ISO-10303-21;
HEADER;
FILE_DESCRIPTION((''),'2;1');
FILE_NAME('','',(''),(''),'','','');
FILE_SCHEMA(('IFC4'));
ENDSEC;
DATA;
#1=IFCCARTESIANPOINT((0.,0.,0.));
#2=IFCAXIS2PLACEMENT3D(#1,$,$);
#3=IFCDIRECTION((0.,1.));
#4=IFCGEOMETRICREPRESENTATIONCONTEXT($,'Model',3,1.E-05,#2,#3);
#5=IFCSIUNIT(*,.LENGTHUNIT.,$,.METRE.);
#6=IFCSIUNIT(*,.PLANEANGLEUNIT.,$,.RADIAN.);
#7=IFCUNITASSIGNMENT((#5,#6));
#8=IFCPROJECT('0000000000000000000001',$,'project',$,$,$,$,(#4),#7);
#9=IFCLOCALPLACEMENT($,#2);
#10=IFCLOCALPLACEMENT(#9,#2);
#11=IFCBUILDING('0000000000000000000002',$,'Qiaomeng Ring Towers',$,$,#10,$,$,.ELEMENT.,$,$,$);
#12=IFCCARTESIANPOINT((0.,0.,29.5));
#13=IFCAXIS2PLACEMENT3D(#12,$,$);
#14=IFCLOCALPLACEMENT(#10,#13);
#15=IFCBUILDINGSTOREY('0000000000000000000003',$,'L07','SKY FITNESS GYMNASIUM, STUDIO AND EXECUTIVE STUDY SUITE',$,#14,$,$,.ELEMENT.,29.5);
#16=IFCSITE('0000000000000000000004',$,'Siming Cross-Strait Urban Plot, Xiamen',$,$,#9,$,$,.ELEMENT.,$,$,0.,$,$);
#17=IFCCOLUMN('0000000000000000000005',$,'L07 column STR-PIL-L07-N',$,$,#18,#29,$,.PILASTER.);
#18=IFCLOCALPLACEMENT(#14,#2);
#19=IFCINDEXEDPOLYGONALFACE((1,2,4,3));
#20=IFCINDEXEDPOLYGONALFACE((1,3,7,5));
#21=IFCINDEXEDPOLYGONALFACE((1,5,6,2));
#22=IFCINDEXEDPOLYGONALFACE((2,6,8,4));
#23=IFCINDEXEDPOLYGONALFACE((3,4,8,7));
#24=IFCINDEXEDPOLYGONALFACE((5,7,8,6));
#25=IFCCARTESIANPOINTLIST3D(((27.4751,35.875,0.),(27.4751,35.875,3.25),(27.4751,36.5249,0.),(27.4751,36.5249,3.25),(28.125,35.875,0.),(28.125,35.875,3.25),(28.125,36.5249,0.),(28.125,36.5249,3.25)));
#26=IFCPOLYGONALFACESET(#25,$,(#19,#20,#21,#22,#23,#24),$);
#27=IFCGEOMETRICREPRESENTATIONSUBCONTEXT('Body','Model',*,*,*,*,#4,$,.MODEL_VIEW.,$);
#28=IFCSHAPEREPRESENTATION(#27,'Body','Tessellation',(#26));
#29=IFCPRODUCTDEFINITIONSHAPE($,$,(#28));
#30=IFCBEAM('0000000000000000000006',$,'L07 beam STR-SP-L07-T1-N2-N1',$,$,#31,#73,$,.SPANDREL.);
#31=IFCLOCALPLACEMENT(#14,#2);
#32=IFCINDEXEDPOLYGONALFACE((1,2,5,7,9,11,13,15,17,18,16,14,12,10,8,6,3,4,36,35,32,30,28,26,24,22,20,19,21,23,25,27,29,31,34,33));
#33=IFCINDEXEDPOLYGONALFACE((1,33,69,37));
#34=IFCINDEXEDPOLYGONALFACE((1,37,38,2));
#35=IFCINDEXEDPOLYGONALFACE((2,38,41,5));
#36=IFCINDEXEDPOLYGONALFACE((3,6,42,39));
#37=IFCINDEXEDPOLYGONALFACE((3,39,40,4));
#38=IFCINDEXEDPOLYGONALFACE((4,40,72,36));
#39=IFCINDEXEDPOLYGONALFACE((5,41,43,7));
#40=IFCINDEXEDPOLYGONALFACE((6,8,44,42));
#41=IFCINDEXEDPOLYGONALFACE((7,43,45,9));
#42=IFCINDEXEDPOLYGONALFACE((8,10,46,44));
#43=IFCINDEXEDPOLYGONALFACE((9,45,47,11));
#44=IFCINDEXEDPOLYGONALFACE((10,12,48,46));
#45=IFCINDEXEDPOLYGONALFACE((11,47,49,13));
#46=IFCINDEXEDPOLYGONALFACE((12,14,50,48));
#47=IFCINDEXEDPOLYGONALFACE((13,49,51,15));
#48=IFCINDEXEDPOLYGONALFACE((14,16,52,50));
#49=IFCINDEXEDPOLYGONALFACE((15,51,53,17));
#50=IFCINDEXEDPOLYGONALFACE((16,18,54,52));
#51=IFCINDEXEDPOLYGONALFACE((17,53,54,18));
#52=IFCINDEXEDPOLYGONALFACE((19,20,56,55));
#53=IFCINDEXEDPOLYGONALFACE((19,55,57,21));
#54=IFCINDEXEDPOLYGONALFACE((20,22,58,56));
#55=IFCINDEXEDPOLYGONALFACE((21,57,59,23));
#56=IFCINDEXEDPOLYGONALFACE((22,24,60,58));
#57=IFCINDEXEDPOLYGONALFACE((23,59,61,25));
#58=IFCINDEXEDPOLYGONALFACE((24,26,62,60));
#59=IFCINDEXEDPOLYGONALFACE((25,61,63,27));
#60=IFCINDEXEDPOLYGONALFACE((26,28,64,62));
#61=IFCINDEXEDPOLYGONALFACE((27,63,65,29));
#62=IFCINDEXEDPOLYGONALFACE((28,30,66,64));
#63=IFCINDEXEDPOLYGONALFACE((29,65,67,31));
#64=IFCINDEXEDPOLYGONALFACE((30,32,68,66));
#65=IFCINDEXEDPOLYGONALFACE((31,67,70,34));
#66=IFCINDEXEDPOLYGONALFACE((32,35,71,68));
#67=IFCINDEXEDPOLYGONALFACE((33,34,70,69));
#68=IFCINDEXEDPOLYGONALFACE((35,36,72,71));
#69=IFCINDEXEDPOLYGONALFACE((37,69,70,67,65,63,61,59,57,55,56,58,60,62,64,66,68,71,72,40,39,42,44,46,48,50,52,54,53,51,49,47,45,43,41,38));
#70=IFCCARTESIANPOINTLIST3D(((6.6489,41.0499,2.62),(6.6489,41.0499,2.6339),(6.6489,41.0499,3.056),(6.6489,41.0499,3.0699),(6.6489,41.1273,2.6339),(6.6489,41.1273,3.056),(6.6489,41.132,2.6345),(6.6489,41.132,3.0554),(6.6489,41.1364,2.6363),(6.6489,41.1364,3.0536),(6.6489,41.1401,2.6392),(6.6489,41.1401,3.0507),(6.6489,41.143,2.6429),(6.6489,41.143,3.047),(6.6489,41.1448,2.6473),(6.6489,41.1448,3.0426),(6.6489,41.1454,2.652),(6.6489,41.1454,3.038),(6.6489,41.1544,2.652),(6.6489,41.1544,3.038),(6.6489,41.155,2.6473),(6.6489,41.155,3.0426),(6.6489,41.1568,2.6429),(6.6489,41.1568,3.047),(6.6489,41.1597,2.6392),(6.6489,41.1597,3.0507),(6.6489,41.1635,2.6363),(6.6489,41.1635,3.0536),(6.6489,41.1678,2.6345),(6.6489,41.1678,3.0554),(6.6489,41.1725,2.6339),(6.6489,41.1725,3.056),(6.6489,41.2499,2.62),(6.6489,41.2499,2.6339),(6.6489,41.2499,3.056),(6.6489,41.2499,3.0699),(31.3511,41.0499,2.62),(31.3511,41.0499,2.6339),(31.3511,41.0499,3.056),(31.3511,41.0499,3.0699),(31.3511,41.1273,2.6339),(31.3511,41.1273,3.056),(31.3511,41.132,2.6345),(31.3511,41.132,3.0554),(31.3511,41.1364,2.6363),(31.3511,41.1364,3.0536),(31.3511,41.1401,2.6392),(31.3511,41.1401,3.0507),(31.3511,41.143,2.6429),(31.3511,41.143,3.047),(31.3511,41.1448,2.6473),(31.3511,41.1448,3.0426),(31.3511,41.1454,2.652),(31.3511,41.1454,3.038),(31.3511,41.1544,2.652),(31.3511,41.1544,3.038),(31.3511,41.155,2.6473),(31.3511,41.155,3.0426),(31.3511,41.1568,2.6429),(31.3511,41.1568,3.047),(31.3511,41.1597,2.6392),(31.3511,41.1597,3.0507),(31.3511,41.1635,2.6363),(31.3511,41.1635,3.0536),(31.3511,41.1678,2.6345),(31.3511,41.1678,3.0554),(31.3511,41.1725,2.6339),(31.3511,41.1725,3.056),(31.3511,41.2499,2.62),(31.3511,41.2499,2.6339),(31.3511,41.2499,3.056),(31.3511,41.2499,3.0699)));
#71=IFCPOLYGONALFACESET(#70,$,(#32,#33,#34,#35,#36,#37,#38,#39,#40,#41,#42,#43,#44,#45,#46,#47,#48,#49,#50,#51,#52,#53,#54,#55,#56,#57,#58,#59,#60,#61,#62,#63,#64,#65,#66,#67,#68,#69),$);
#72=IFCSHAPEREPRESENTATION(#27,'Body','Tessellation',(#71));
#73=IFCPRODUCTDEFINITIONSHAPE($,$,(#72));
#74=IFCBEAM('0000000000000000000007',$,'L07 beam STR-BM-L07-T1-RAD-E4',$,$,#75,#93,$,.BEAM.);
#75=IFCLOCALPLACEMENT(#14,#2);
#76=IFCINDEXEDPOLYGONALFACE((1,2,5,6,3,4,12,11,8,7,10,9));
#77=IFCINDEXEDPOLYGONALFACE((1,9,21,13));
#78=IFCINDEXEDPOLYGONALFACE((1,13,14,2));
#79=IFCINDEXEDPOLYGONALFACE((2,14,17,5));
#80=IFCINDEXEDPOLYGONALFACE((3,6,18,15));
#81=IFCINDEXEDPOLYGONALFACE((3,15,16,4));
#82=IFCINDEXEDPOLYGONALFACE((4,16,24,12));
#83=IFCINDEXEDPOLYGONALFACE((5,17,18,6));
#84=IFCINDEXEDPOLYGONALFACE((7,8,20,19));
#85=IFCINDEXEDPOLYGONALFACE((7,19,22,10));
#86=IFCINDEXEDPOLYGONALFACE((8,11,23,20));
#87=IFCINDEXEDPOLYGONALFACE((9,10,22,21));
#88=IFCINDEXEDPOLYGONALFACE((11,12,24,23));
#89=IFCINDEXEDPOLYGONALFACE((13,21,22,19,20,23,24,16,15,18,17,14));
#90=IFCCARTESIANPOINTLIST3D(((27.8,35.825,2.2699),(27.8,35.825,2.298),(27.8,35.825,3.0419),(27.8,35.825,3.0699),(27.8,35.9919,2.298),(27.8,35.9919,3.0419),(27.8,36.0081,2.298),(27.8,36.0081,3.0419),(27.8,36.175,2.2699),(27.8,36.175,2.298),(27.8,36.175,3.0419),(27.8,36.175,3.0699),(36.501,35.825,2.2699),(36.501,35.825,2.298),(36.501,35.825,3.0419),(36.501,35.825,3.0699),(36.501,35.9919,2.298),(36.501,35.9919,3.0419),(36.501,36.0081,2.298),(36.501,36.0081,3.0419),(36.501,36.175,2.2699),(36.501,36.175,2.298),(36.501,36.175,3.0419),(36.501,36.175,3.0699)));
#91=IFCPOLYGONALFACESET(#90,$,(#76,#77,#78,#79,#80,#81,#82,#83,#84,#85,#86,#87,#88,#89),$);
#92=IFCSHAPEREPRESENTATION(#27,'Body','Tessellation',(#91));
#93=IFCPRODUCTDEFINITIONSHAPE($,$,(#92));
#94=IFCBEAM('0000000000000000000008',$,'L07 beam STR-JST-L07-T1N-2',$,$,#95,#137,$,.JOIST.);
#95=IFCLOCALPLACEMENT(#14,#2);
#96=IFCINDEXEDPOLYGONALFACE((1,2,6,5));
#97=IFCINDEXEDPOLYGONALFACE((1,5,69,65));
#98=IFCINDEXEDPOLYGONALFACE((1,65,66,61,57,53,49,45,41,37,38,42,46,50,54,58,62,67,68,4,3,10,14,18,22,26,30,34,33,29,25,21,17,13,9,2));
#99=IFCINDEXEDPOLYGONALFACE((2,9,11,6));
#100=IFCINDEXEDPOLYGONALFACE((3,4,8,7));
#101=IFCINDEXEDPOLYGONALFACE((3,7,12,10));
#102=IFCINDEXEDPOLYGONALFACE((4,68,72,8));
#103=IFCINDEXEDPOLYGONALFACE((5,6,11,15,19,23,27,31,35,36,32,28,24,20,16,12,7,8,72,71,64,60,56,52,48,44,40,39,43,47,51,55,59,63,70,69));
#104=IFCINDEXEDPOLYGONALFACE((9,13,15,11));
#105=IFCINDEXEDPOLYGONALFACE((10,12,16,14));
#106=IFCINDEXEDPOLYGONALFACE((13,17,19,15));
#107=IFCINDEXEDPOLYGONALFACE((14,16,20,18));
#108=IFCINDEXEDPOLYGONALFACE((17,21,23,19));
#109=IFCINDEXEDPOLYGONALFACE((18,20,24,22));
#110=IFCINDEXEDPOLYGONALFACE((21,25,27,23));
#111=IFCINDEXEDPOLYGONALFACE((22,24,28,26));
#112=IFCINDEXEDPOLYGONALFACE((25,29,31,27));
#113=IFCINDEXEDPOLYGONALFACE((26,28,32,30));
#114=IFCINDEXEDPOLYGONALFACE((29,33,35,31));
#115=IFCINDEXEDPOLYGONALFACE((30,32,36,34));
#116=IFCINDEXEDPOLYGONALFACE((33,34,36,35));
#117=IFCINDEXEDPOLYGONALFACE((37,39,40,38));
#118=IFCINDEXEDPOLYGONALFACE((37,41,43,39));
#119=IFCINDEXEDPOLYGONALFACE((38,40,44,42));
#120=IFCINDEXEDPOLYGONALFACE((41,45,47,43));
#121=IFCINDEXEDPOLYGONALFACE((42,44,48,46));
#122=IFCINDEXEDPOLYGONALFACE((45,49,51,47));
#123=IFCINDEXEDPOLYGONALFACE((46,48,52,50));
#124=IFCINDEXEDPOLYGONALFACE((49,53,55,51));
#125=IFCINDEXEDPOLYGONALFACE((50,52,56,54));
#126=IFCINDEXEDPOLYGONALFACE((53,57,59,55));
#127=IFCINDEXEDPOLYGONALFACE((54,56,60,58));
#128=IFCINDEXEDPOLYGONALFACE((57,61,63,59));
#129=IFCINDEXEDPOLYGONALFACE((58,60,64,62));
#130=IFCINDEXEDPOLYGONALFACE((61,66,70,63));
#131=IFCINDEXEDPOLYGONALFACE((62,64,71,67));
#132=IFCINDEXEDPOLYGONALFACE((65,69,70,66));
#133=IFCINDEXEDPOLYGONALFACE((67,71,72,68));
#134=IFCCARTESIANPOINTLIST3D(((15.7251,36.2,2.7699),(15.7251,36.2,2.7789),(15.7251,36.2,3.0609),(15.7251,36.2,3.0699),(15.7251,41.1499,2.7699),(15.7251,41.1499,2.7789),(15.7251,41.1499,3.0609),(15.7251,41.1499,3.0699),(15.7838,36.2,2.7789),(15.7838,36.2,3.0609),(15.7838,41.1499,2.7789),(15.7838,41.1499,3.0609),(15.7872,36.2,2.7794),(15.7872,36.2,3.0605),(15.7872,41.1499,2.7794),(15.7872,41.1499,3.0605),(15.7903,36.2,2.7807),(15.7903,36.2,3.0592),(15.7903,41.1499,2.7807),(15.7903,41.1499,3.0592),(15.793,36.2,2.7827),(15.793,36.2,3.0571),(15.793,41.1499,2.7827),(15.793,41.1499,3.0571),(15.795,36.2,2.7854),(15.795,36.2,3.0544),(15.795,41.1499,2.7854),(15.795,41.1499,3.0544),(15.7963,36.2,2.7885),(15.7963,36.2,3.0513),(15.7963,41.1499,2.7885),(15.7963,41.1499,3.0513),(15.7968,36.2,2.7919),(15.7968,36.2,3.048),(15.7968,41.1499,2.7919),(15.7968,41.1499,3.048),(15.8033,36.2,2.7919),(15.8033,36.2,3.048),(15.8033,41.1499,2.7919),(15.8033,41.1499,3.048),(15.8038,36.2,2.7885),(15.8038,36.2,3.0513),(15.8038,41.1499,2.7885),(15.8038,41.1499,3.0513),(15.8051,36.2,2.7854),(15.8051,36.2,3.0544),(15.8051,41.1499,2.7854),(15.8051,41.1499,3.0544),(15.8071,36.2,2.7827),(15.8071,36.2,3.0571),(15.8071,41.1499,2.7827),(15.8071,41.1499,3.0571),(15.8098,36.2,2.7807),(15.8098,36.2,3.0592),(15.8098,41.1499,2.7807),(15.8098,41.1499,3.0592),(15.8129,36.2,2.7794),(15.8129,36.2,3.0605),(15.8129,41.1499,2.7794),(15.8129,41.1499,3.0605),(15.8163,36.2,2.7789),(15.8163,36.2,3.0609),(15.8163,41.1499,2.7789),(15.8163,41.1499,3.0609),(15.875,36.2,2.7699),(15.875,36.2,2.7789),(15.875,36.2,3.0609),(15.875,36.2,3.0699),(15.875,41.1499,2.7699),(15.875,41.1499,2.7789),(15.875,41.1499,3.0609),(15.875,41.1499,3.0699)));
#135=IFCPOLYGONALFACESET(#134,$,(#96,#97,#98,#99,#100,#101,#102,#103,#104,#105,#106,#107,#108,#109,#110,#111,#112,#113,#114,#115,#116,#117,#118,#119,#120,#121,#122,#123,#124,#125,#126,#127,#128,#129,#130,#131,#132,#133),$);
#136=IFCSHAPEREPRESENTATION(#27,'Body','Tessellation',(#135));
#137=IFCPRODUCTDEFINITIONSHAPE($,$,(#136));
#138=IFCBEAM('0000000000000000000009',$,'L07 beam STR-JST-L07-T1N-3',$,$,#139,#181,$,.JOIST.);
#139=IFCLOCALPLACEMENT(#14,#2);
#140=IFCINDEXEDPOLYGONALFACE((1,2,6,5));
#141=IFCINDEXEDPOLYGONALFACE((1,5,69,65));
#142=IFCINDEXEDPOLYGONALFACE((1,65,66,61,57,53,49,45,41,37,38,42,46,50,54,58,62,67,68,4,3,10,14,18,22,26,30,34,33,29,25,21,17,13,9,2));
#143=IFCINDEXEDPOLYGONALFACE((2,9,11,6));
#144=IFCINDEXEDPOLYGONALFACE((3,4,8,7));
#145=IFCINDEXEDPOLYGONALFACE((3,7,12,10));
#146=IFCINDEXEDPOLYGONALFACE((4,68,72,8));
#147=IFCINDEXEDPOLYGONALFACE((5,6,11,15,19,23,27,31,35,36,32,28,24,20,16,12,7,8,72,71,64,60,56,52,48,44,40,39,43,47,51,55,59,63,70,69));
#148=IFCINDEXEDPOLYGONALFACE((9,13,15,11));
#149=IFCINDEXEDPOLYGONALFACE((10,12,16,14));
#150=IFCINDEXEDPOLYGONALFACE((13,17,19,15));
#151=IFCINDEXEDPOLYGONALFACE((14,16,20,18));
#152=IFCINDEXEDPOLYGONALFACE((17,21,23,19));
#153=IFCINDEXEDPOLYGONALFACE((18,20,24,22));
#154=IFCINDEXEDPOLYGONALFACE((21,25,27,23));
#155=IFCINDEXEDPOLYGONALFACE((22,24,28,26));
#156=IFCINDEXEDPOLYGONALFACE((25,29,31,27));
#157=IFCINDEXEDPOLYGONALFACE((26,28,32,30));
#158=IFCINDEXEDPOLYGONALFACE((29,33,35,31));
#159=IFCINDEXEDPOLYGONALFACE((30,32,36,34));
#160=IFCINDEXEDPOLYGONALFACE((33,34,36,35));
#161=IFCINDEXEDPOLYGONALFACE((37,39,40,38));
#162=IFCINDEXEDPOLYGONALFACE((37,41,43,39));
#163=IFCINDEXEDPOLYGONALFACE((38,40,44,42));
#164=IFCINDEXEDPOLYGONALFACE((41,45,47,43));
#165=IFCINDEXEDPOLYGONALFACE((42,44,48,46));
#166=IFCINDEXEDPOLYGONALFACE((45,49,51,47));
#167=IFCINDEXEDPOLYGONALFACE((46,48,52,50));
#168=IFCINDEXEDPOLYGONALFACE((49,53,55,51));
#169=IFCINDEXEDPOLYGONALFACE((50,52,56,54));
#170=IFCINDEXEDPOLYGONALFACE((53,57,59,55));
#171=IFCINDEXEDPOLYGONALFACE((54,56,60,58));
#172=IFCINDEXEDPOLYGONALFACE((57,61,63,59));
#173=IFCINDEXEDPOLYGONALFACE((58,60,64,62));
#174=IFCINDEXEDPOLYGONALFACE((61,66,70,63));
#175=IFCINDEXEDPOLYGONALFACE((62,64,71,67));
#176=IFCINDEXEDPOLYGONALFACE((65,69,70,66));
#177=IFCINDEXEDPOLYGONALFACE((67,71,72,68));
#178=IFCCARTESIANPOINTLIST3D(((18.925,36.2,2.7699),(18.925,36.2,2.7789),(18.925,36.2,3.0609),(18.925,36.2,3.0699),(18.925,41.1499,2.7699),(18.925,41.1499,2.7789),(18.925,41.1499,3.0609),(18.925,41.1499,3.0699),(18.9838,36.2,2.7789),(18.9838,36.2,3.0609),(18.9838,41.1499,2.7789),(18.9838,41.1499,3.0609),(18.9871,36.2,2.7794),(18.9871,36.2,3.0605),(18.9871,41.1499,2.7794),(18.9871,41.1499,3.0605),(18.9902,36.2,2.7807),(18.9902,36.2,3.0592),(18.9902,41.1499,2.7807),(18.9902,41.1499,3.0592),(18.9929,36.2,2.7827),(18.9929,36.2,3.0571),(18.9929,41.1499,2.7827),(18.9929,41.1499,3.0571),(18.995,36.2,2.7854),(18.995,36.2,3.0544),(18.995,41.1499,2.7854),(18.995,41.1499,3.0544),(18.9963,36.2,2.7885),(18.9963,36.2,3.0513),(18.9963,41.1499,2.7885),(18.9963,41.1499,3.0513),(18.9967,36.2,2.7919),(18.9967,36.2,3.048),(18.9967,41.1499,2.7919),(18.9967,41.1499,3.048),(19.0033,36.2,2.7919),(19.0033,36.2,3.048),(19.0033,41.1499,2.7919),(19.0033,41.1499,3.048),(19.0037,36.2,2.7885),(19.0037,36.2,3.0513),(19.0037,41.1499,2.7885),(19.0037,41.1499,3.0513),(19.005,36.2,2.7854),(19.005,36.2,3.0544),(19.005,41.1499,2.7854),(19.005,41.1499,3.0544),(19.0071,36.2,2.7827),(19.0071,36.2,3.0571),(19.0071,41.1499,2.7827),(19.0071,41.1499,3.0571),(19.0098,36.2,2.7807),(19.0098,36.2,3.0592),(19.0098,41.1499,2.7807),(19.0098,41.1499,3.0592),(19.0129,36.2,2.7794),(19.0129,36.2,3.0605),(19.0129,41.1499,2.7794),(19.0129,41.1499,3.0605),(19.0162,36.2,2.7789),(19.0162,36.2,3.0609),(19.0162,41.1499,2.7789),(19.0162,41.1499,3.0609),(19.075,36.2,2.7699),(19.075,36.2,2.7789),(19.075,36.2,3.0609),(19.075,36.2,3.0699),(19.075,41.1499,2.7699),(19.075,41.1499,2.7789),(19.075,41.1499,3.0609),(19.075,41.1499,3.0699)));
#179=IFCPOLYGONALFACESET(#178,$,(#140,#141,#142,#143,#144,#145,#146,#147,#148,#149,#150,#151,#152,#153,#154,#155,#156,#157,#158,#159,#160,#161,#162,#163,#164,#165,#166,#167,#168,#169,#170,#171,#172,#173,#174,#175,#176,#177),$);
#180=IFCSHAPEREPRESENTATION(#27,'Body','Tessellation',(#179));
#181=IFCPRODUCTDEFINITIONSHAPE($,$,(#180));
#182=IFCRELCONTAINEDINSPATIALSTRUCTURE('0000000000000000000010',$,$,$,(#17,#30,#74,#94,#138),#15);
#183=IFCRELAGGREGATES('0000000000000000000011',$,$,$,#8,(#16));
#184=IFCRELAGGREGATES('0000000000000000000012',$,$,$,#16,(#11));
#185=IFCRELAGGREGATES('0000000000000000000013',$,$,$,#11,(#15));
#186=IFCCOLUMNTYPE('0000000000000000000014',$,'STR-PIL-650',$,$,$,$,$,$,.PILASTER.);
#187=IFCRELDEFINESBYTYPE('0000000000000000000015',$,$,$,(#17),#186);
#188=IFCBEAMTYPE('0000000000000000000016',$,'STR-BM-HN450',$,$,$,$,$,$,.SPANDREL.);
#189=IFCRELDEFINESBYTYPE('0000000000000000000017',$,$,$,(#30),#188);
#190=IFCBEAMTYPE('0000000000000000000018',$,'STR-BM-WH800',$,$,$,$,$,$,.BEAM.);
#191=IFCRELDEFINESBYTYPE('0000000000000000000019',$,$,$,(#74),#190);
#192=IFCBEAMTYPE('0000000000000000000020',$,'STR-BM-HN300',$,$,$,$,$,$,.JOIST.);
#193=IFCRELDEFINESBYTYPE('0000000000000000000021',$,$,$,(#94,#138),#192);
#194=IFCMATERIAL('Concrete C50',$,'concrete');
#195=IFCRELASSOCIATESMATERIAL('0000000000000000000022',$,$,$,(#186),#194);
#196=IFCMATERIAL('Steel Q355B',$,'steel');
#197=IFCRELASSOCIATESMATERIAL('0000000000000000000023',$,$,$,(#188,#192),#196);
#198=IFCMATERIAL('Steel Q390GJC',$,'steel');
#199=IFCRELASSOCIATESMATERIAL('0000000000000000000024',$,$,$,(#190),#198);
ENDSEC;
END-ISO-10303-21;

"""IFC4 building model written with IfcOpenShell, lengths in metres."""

from ifc_helpers import new_model, si_unit, direction, frame, origin, origin_2d, place, context, subcontext, project, spatial, rectangle, i_section, extrude, source, transform, mapped, material, material_profile, profile_set, type_object, element, save


model = new_model("IFC4")

# Units and contexts
model_context = context("Model", 3, precision=1e-05, world=origin(), true_north=direction((0.0, 1.0)))
body_context = subcontext(model_context, "Body", "Model", "MODEL_VIEW")
ifc_project = project(units=[si_unit("LENGTHUNIT", "METRE"), si_unit("PLANEANGLEUNIT", "RADIAN")], contexts=[model_context])

# Site, building, storey
site_placement = place(None, origin())
site = spatial("IfcSite", under=ifc_project, at=site_placement, Name="Siming Cross-Strait Urban Plot, Xiamen", CompositionType="ELEMENT", RefElevation=0.0)
building_placement = place(site_placement, origin())
building = spatial("IfcBuilding", under=site, at=building_placement, Name="Qiaomeng Ring Towers", CompositionType="ELEMENT")
storey_placement = place(building_placement, frame((0.0, 0.0, 29.5)))
storey = spatial("IfcBuildingStorey", under=building, at=storey_placement, Name="L07", Description="SKY FITNESS GYMNASIUM, STUDIO AND EXECUTIVE STUDY SUITE", CompositionType="ELEMENT", Elevation=29.5)

# Column
ifc_material_1 = material(Name="Concrete C50", Category="concrete")
ifc_material_profile_1 = material_profile(ifc_material_1, rectangle(XDim=0.6499, YDim=0.6499, at=origin_2d()), Name="RC COL 650x650")
ifc_profile_set_1 = profile_set([ifc_material_profile_1], Name="Concrete C50")
column_type = type_object("IfcColumnType", Name="STR-PIL-650", PredefinedType="PILASTER", material=ifc_profile_set_1)
shared_shape_1 = source(origin(), body_context, "Body", "SweptSolid", [
    extrude(rectangle(XDim=0.6499, YDim=0.6499, at=origin_2d()), origin(), (0.0, 0.0, 1.0), 3.25),
])
column_placement = place(storey_placement, frame((27.8, 36.2, 0.0), z_axis=(0.0, 0.0, 1.0), x_axis=(1.0, 0.0, 0.0)))
element("IfcColumn", 1, at=column_placement, inside=storey, type_object=column_type, Name="L07 column STR-PIL-L07-N", PredefinedType="PILASTER", context=body_context, shape_type="MappedRepresentation", body=[
    mapped(shared_shape_1, transform((0.0, 0.0, 0.0), x_axis=(1.0, 0.0, 0.0), y_axis=(0.0, 1.0, 0.0), z_axis=(0.0, 0.0, 1.0), scale=1.0)),
])

# Beams
ifc_material_2 = material(Name="Steel Q355B", Category="steel")
ifc_material_profile_2 = material_profile(ifc_material_2, i_section(OverallWidth=0.2, OverallDepth=0.45, WebThickness=0.009, FlangeThickness=0.0139, FilletRadius=0.0181, at=origin_2d()), Name="HN 450x200x9x14")
ifc_profile_set_2 = profile_set([ifc_material_profile_2], Name="Steel Q355B")
beam_type_1 = type_object("IfcBeamType", Name="STR-BM-HN450", PredefinedType="SPANDREL", material=ifc_profile_set_2)
shared_shape_2 = source(origin(), body_context, "Body", "SweptSolid", [
    extrude(i_section(OverallWidth=0.2, OverallDepth=0.45, WebThickness=0.009, FlangeThickness=0.0139, FilletRadius=0.0181, at=origin_2d()), origin(), (0.0, 0.0, 1.0), 24.7021),
])
beam_1_placement = place(storey_placement, frame((31.3511, 41.1499, 2.845), z_axis=(-1.0, 0.0, 0.0), x_axis=(0.0, -1.0, 0.0)))
element("IfcBeam", 2, at=beam_1_placement, inside=storey, type_object=beam_type_1, Name="L07 beam STR-SP-L07-T1-N2-N1", PredefinedType="SPANDREL", context=body_context, shape_type="MappedRepresentation", body=[
    mapped(shared_shape_2, transform((0.0, 0.0, 0.0), x_axis=(1.0, 0.0, 0.0), y_axis=(0.0, 1.0, 0.0), z_axis=(0.0, 0.0, 1.0), scale=1.0)),
])
ifc_material_3 = material(Name="Steel Q390GJC", Category="steel")
ifc_material_profile_3 = material_profile(ifc_material_3, i_section(OverallWidth=0.3501, OverallDepth=0.8, WebThickness=0.0161, FlangeThickness=0.0281, at=origin_2d()), Name="WH 800x350x16x28")
ifc_profile_set_3 = profile_set([ifc_material_profile_3], Name="Steel Q390GJC")
beam_type_2 = type_object("IfcBeamType", Name="STR-BM-WH800", PredefinedType="BEAM", material=ifc_profile_set_3)
shared_shape_3 = source(origin(), body_context, "Body", "SweptSolid", [
    extrude(i_section(OverallWidth=0.3501, OverallDepth=0.8, WebThickness=0.0161, FlangeThickness=0.0281, at=origin_2d()), origin(), (0.0, 0.0, 1.0), 8.7009),
])
beam_2_placement = place(storey_placement, frame((27.8, 36.0, 2.6699), z_axis=(1.0, 0.0, 0.0), x_axis=(0.0, 1.0, 0.0)))
element("IfcBeam", 3, at=beam_2_placement, inside=storey, type_object=beam_type_2, Name="L07 beam STR-BM-L07-T1-RAD-E4", PredefinedType="BEAM", context=body_context, shape_type="MappedRepresentation", body=[
    mapped(shared_shape_3, transform((0.0, 0.0, 0.0), x_axis=(1.0, 0.0, 0.0), y_axis=(0.0, 1.0, 0.0), z_axis=(0.0, 0.0, 1.0), scale=1.0)),
])
ifc_material_profile_4 = material_profile(ifc_material_2, i_section(OverallWidth=0.1499, OverallDepth=0.3, WebThickness=0.0066, FlangeThickness=0.009, FilletRadius=0.0129, at=origin_2d()), Name="HN 300x150x6.5x9")
ifc_profile_set_4 = profile_set([ifc_material_profile_4], Name="Steel Q355B")
beam_type_3 = type_object("IfcBeamType", Name="STR-BM-HN300", PredefinedType="JOIST", material=ifc_profile_set_4)
shared_shape_4 = source(origin(), body_context, "Body", "SweptSolid", [
    extrude(i_section(OverallWidth=0.1499, OverallDepth=0.3, WebThickness=0.0066, FlangeThickness=0.009, FilletRadius=0.0129, at=origin_2d()), origin(), (0.0, 0.0, 1.0), 4.95),
])
for number, where, z_axis, x_axis, name in (
    (4, (15.8, 36.2, 2.9199), (0.0, 1.0, 0.0), (-1.0, 0.0, 0.0), "L07 beam STR-JST-L07-T1N-2"),
    (5, (19.0, 36.2, 2.9199), (0.0, 1.0, 0.0), (-1.0, 0.0, 0.0), "L07 beam STR-JST-L07-T1N-3"),
):
    element("IfcBeam", number, at=place(storey_placement, frame(where, z_axis=z_axis, x_axis=x_axis)), inside=storey, type_object=beam_type_3, Name=name, PredefinedType="JOIST", context=body_context, shape_type="MappedRepresentation", body=[
        mapped(shared_shape_4, transform((0.0, 0.0, 0.0), x_axis=(1.0, 0.0, 0.0), y_axis=(0.0, 1.0, 0.0), z_axis=(0.0, 0.0, 1.0), scale=1.0)),
    ])

save(model, "model.ifc")
